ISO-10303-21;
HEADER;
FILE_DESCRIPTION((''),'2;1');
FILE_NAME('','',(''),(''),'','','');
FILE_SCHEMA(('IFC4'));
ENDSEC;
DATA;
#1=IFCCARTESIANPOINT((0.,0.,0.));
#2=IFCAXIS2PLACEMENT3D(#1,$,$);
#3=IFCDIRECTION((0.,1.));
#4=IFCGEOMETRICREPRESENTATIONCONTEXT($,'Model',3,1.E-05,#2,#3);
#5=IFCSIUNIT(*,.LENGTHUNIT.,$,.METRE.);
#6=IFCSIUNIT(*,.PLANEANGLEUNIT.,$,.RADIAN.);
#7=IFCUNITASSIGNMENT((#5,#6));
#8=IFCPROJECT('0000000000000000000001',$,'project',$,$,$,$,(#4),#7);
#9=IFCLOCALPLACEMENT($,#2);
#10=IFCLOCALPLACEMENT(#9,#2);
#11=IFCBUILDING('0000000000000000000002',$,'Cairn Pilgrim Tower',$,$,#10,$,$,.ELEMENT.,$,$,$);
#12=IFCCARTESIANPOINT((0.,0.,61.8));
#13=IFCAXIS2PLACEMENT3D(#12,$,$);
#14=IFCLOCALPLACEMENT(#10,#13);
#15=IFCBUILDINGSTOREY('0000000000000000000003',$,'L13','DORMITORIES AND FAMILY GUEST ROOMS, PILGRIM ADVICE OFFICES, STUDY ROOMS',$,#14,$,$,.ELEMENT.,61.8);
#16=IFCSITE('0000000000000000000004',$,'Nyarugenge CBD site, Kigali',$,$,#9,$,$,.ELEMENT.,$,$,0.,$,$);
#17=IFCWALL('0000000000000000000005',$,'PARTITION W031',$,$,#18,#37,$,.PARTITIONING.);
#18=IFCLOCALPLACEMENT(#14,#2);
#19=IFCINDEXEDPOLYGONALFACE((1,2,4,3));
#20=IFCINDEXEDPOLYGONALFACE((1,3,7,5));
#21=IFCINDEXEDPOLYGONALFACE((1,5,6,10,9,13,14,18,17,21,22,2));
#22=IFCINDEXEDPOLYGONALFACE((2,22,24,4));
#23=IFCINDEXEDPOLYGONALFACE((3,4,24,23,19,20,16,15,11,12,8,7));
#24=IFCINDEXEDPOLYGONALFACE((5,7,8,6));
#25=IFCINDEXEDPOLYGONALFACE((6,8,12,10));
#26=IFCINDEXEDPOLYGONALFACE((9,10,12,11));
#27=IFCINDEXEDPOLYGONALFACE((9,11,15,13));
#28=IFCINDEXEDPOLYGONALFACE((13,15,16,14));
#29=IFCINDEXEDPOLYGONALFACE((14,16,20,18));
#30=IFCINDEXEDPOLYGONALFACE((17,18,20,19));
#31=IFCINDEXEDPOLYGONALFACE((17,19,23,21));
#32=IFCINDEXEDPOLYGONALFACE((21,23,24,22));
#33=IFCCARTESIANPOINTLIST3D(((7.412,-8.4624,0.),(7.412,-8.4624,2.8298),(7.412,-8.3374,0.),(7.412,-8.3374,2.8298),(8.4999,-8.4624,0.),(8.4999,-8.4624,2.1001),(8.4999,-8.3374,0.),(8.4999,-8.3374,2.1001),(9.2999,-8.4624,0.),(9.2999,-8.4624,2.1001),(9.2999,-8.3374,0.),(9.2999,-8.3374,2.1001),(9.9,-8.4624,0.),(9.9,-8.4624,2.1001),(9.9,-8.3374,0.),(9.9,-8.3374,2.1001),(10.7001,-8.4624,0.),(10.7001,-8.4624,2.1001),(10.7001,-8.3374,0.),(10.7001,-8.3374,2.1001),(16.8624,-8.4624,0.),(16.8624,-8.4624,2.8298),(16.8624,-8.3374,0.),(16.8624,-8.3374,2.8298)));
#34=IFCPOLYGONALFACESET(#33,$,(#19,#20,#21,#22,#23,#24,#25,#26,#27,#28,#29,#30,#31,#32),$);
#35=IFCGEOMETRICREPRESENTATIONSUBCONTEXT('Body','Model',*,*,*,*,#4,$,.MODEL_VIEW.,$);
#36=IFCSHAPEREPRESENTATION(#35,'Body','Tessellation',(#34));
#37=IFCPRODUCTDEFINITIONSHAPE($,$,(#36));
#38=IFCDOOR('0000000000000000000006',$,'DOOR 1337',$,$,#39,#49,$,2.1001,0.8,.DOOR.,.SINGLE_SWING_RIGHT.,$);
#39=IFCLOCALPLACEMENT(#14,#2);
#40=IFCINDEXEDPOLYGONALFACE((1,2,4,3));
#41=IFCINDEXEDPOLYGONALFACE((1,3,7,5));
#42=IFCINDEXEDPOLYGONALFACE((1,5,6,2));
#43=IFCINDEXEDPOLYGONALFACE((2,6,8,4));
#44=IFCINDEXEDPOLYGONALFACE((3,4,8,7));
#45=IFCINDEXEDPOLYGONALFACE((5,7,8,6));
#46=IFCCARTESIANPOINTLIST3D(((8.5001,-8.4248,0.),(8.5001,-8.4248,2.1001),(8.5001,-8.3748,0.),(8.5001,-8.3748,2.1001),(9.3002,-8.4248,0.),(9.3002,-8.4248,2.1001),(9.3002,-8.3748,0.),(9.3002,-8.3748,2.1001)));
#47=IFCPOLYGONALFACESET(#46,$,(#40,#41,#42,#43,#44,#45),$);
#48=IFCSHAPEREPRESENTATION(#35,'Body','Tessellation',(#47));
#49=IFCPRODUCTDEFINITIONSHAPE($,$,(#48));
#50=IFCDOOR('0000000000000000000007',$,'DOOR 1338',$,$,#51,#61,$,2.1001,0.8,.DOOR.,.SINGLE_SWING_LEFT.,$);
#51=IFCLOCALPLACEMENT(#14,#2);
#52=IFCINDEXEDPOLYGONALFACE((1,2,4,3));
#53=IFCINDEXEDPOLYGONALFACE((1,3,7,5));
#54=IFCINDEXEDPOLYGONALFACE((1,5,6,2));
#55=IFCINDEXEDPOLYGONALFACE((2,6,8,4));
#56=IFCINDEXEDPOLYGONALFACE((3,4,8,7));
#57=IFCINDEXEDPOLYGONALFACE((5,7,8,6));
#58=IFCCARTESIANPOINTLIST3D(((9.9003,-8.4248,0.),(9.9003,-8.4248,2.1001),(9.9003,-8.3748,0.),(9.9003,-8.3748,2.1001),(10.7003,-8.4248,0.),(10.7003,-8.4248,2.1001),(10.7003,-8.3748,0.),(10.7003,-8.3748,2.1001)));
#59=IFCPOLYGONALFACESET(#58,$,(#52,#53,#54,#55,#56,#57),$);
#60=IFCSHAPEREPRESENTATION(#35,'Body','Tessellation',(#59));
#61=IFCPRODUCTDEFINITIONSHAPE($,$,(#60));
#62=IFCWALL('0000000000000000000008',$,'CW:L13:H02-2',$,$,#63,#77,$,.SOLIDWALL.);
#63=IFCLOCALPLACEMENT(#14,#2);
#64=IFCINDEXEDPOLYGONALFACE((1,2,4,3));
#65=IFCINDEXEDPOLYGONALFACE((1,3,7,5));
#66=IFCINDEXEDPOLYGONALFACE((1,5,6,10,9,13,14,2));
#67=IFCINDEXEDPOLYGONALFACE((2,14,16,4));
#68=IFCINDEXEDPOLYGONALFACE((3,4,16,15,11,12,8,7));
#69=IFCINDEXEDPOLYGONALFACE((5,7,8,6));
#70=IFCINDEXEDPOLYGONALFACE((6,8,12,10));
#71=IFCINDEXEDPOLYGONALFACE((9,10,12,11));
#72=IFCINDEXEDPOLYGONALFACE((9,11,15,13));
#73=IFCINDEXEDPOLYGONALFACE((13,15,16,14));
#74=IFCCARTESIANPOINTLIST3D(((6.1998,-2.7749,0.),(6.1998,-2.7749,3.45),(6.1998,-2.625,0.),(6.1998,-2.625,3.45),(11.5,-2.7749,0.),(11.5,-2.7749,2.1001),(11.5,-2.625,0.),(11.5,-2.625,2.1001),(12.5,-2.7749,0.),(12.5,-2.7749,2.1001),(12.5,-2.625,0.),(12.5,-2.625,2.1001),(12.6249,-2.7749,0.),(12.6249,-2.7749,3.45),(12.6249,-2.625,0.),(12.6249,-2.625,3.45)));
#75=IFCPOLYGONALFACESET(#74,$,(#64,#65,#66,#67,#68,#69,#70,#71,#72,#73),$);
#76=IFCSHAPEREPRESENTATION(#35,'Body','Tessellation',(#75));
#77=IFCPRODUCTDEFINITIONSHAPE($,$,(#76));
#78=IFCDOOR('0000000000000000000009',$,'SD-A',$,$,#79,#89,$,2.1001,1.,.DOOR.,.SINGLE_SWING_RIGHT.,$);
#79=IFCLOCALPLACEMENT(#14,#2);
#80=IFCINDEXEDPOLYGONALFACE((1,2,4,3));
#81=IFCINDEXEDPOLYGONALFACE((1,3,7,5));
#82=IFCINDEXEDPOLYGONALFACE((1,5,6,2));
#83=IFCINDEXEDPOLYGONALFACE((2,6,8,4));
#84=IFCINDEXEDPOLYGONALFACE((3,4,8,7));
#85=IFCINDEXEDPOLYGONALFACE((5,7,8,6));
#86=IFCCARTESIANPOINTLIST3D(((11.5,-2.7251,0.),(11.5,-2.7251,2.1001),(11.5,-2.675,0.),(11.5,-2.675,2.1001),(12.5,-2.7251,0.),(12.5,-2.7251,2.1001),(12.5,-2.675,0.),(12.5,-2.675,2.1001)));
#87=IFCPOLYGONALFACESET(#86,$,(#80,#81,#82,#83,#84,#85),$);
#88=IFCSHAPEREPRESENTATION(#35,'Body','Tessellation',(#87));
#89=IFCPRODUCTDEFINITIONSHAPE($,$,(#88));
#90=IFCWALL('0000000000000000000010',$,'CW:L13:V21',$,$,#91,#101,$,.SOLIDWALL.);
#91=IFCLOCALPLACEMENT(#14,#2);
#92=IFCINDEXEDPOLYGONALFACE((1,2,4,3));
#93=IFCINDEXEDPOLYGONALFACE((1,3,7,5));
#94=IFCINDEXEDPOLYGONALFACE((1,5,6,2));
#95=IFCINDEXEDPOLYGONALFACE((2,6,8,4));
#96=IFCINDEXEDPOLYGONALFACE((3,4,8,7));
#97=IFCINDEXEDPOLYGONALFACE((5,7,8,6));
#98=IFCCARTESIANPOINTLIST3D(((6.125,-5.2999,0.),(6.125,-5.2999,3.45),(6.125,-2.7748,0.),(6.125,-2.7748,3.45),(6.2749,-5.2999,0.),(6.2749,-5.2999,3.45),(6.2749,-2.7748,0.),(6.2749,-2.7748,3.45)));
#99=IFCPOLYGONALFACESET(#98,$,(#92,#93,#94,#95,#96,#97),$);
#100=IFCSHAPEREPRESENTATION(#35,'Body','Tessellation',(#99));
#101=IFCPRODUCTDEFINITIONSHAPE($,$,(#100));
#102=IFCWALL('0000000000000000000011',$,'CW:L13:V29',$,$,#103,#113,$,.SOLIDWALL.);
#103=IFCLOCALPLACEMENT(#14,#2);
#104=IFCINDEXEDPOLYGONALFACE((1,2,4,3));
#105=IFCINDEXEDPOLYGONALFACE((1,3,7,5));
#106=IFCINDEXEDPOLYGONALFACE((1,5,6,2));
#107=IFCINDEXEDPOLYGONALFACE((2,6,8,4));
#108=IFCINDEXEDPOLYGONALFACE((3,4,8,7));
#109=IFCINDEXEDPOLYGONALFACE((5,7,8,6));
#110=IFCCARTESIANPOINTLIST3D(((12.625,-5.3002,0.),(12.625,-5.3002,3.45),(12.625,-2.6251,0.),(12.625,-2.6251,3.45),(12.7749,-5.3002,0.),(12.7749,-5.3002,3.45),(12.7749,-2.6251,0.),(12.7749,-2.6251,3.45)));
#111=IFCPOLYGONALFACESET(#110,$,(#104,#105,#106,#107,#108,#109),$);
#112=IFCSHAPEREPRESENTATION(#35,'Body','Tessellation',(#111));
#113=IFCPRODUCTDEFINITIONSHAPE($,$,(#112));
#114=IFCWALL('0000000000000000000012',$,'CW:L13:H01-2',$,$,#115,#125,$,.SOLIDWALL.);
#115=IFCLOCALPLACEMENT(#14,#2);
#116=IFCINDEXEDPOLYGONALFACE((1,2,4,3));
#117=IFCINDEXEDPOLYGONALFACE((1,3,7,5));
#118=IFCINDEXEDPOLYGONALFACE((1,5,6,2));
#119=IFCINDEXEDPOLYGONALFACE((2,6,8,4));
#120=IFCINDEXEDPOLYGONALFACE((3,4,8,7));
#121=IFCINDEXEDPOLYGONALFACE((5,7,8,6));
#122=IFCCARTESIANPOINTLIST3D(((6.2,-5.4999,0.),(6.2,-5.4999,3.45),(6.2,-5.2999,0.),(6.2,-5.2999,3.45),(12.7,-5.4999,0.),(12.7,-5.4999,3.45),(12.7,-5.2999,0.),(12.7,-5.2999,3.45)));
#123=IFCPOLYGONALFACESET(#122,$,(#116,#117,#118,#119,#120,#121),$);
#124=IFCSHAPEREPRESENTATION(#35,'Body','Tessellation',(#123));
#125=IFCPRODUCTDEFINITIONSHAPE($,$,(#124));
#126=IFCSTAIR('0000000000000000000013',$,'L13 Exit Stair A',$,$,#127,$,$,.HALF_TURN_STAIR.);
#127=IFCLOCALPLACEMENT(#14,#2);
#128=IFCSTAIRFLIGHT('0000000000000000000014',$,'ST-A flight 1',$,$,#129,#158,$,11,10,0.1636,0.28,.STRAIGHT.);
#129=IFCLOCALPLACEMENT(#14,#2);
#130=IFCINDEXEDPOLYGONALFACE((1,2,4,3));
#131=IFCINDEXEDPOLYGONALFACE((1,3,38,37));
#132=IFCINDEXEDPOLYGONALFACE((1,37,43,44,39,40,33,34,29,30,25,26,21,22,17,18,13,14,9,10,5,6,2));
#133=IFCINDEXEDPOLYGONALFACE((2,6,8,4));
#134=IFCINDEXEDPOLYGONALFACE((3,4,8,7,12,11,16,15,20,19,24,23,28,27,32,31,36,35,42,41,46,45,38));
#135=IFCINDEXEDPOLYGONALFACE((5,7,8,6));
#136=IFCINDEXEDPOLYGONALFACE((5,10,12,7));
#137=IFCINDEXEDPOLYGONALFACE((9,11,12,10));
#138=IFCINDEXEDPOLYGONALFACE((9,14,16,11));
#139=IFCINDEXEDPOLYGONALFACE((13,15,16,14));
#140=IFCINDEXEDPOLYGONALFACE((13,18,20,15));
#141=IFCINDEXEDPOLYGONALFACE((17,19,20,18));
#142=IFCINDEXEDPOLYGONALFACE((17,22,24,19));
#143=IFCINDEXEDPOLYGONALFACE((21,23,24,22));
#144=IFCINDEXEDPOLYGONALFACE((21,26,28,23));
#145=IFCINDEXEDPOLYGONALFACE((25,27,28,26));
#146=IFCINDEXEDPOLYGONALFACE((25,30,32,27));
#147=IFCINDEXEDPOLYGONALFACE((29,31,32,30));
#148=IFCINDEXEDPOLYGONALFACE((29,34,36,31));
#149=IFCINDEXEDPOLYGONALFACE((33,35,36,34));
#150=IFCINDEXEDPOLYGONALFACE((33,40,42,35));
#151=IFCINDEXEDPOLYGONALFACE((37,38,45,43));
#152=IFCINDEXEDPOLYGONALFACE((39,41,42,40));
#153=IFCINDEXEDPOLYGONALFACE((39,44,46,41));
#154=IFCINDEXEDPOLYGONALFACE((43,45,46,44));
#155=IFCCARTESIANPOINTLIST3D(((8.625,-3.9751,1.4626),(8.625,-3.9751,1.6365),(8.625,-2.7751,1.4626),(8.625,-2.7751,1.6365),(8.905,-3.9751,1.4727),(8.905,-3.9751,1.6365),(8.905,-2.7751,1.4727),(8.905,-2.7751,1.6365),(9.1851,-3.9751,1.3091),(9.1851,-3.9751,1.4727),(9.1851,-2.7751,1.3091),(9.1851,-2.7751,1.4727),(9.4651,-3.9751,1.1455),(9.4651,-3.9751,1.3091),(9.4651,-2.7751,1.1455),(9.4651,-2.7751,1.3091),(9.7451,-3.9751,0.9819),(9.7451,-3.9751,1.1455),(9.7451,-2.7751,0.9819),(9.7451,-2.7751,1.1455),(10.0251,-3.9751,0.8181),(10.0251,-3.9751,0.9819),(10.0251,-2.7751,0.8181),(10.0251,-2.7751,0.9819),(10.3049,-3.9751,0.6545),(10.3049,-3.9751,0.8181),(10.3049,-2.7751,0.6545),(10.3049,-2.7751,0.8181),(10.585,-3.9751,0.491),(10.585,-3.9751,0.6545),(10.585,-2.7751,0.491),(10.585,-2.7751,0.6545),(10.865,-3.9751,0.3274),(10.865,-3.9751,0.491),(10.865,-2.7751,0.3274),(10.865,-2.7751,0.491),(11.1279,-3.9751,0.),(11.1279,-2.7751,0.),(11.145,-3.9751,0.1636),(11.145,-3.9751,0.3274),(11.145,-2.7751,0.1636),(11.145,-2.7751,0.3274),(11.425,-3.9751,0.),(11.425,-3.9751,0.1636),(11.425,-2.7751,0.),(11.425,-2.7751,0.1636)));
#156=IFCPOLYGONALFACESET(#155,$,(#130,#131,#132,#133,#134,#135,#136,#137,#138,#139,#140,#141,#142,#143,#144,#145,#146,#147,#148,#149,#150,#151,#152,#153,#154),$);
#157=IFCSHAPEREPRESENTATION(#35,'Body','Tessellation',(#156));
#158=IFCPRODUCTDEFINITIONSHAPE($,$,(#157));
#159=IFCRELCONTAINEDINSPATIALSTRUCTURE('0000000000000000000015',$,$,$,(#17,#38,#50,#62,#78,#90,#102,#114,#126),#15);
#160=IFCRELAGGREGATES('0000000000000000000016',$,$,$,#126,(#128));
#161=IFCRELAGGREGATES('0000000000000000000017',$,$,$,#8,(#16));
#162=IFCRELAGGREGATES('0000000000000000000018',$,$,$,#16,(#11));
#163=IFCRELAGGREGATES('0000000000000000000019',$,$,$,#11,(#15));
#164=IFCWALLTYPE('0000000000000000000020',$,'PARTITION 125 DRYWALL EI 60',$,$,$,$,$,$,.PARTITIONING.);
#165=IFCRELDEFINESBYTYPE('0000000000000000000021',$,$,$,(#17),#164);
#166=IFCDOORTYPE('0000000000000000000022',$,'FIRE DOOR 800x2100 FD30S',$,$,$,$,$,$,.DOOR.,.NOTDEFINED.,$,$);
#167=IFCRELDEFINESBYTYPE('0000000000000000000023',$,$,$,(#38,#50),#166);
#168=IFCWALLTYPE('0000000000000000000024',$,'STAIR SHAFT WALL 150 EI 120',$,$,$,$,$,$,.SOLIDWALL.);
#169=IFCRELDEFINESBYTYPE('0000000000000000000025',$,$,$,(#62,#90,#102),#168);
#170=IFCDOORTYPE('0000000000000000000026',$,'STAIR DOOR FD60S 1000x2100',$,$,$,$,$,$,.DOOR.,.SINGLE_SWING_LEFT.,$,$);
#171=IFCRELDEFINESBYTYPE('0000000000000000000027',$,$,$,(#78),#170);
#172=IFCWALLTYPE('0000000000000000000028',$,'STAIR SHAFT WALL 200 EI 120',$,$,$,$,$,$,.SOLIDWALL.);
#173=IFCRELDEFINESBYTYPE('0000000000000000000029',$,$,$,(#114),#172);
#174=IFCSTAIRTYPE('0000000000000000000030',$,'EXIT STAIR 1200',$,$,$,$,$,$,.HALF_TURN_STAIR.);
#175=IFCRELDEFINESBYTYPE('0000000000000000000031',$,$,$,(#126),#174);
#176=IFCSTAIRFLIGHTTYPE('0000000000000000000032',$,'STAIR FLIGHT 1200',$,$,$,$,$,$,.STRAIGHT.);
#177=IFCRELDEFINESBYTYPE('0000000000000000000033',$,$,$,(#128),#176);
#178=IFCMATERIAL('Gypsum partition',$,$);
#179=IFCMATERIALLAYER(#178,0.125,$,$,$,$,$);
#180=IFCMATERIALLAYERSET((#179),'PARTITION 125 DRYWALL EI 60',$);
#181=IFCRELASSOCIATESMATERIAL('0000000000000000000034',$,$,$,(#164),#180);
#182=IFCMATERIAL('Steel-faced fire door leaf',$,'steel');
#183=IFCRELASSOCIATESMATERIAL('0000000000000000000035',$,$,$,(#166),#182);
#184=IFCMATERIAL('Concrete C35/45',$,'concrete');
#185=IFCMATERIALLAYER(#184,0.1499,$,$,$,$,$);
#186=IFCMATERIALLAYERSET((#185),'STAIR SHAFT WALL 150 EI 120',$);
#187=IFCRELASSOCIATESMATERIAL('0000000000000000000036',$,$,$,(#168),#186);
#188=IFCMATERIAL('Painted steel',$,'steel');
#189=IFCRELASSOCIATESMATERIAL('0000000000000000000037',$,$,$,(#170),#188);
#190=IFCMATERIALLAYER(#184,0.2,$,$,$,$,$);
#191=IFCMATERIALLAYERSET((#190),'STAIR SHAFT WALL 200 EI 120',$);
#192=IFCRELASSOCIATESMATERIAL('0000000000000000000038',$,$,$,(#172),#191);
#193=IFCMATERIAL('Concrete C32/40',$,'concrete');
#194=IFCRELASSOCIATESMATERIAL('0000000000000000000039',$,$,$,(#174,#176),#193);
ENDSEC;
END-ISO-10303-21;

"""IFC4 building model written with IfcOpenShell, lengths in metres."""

from ifc_helpers import new_model, si_unit, direction, frame, frame_2d, origin, place, context, subcontext, project, spatial, polyline, rectangle, outline, extrude, material, layer, layer_set, type_object, element, fill, aggregate, save


model = new_model("IFC4")

# Units and contexts
model_context = context("Model", 3, precision=1e-05, world=origin(), true_north=direction((0.0, 1.0)))
body_context = subcontext(model_context, "Body", "Model", "MODEL_VIEW")
ifc_project = project(units=[si_unit("LENGTHUNIT", "METRE"), si_unit("PLANEANGLEUNIT", "RADIAN")], contexts=[model_context])

# Site, building, storey
site_placement = place(None, origin())
site = spatial("IfcSite", under=ifc_project, at=site_placement, Name="Nyarugenge CBD site, Kigali", CompositionType="ELEMENT", RefElevation=0.0)
building_placement = place(site_placement, origin())
building = spatial("IfcBuilding", under=site, at=building_placement, Name="Cairn Pilgrim Tower", CompositionType="ELEMENT")
storey_placement = place(building_placement, frame((0.0, 0.0, 61.8)))
storey = spatial("IfcBuildingStorey", under=building, at=storey_placement, Name="L13", Description="DORMITORIES AND FAMILY GUEST ROOMS, PILGRIM ADVICE OFFICES, STUDY ROOMS", CompositionType="ELEMENT", Elevation=61.8)

# Shared definitions
ifc_material_1 = material(Name="Concrete C32/40", Category="concrete")

# Shared definitions
ifc_material_2 = material(Name="Painted steel", Category="steel")

# Wall, openings, doors
ifc_material_3 = material(Name="Gypsum partition")
ifc_layer_1 = layer(ifc_material_3, 0.125)
ifc_layer_set_1 = layer_set([ifc_layer_1], Name="PARTITION 125 DRYWALL EI 60")
wall_type_1 = type_object("IfcWallType", Name="PARTITION 125 DRYWALL EI 60", PredefinedType="PARTITIONING", material=ifc_layer_set_1)
wall_1_placement = place(storey_placement, frame((7.4121, -8.3999, 0.0), z_axis=(0.0, 0.0, 1.0), x_axis=(1.0, 0.0, 0.0)))
wall_1 = element("IfcWall", 1, at=wall_1_placement, inside=storey, type_object=wall_type_1, Name="PARTITION W031", PredefinedType="PARTITIONING", context=body_context, shape_type="SweptSolid", body=[
    extrude(rectangle(XDim=9.4504, YDim=0.125, at=frame_2d((4.7251, 0.0))), origin(), (0.0, 0.0, 1.0), 2.8298),
])
opening_1_placement = place(wall_1_placement, frame((1.0879, 0.0, 0.0)))
opening_1 = element("IfcOpeningElement", 2, at=opening_1_placement, cuts=wall_1, PredefinedType="OPENING", context=body_context, shape_type="SweptSolid", body=[
    extrude(rectangle(XDim=0.8, YDim=2.1001, at=frame_2d((0.3999, 1.05))), frame((0.0, 0.0725, 0.0), z_axis=(0.0, -1.0, 0.0), x_axis=(1.0, 0.0, 0.0)), (0.0, 0.0, 1.0), 0.145),
])
opening_2_placement = place(wall_1_placement, frame((2.488, 0.0, 0.0)))
opening_2 = element("IfcOpeningElement", 3, at=opening_2_placement, cuts=wall_1, PredefinedType="OPENING", context=body_context, shape_type="SweptSolid", body=[
    extrude(rectangle(XDim=0.8, YDim=2.1001, at=frame_2d((0.3999, 1.05))), frame((0.0, 0.0725, 0.0), z_axis=(0.0, -1.0, 0.0), x_axis=(1.0, 0.0, 0.0)), (0.0, 0.0, 1.0), 0.145),
])
ifc_material_4 = material(Name="Steel-faced fire door leaf", Category="steel")
door_type_1 = type_object("IfcDoorType", Name="FIRE DOOR 800x2100 FD30S", OperationType="NOTDEFINED", PredefinedType="DOOR", material=ifc_material_4)
door_1_placement = place(opening_1_placement, frame((0.8, 0.0, 0.0), z_axis=(0.0, 0.0, 1.0), x_axis=(-1.0, 0.0, 0.0)))
door_1 = element("IfcDoor", 4, at=door_1_placement, inside=storey, type_object=door_type_1, Name="DOOR 1337", OperationType="SINGLE_SWING_RIGHT", OverallHeight=2.1001, OverallWidth=0.8, PredefinedType="DOOR", context=body_context, shape_type="SweptSolid", body=[
    extrude(rectangle(XDim=0.8, YDim=2.1001, at=frame_2d((0.3999, 1.05))), frame((0.0, 0.0249, 0.0), z_axis=(0.0, -1.0, 0.0), x_axis=(1.0, 0.0, 0.0)), (0.0, 0.0, 1.0), 0.05),
])
fill(opening_1, door_1)
door_2_placement = place(opening_2_placement, frame((0.8, 0.0, 0.0), z_axis=(0.0, 0.0, 1.0), x_axis=(-1.0, 0.0, 0.0)))
door_2 = element("IfcDoor", 5, at=door_2_placement, inside=storey, type_object=door_type_1, Name="DOOR 1338", OperationType="SINGLE_SWING_LEFT", OverallHeight=2.1001, OverallWidth=0.8, PredefinedType="DOOR", context=body_context, shape_type="SweptSolid", body=[
    extrude(rectangle(XDim=0.8, YDim=2.1001, at=frame_2d((0.3999, 1.05))), frame((0.0, 0.0249, 0.0), z_axis=(0.0, -1.0, 0.0), x_axis=(1.0, 0.0, 0.0)), (0.0, 0.0, 1.0), 0.05),
])
fill(opening_2, door_2)

# Wall, opening, door
ifc_material_5 = material(Name="Concrete C35/45", Category="concrete")
ifc_layer_2 = layer(ifc_material_5, 0.1499)
ifc_layer_set_2 = layer_set([ifc_layer_2], Name="STAIR SHAFT WALL 150 EI 120")
wall_type_2 = type_object("IfcWallType", Name="STAIR SHAFT WALL 150 EI 120", PredefinedType="SOLIDWALL", material=ifc_layer_set_2)
wall_2_placement = place(storey_placement, frame((6.2, -2.7, 0.0), z_axis=(0.0, 0.0, 1.0), x_axis=(1.0, 0.0, 0.0)))
wall_2 = element("IfcWall", 6, at=wall_2_placement, inside=storey, type_object=wall_type_2, Name="CW:L13:H02-2", PredefinedType="SOLIDWALL", context=body_context, shape_type="SweptSolid", body=[
    extrude(rectangle(XDim=6.425, YDim=0.1499, at=frame_2d((3.2124, 0.0))), origin(), (0.0, 0.0, 1.0), 3.45),
])
opening_3_placement = place(wall_2_placement, frame((5.3, 0.0, 0.0)))
opening_3 = element("IfcOpeningElement", 7, at=opening_3_placement, cuts=wall_2, PredefinedType="OPENING", context=body_context, shape_type="SweptSolid", body=[
    extrude(rectangle(XDim=1.0, YDim=2.1001, at=frame_2d((0.5, 1.05))), frame((0.0, 0.085, 0.0), z_axis=(0.0, -1.0, 0.0), x_axis=(1.0, 0.0, 0.0)), (0.0, 0.0, 1.0), 0.1699),
])
door_type_2 = type_object("IfcDoorType", Name="STAIR DOOR FD60S 1000x2100", OperationType="SINGLE_SWING_LEFT", PredefinedType="DOOR", material=ifc_material_2)
door_3_placement = place(opening_3_placement, origin())
door_3 = element("IfcDoor", 8, at=door_3_placement, inside=storey, type_object=door_type_2, Name="SD-A", OperationType="SINGLE_SWING_RIGHT", OverallHeight=2.1001, OverallWidth=1.0, PredefinedType="DOOR", context=body_context, shape_type="SweptSolid", body=[
    extrude(rectangle(XDim=1.0, YDim=2.1001, at=frame_2d((0.5, 1.05))), frame((0.0, 0.0249, 0.0), z_axis=(0.0, -1.0, 0.0), x_axis=(1.0, 0.0, 0.0)), (0.0, 0.0, 1.0), 0.05),
])
fill(opening_3, door_3)

# Walls
wall_3_placement = place(storey_placement, frame((6.2, -5.3, 0.0), z_axis=(0.0, 0.0, 1.0), x_axis=(0.0, 1.0, 0.0)))
element("IfcWall", 9, at=wall_3_placement, inside=storey, type_object=wall_type_2, Name="CW:L13:V21", PredefinedType="SOLIDWALL", context=body_context, shape_type="SweptSolid", body=[
    extrude(rectangle(XDim=2.5251, YDim=0.1499, at=frame_2d((1.2627, 0.0))), origin(), (0.0, 0.0, 1.0), 3.45),
])
wall_4_placement = place(storey_placement, frame((12.7, -5.3, 0.0), z_axis=(0.0, 0.0, 1.0), x_axis=(0.0, 1.0, 0.0)))
element("IfcWall", 10, at=wall_4_placement, inside=storey, type_object=wall_type_2, Name="CW:L13:V29", PredefinedType="SOLIDWALL", context=body_context, shape_type="SweptSolid", body=[
    extrude(rectangle(XDim=2.675, YDim=0.1499, at=frame_2d((1.3374, 0.0))), origin(), (0.0, 0.0, 1.0), 3.45),
])
ifc_layer_3 = layer(ifc_material_5, 0.2)
ifc_layer_set_3 = layer_set([ifc_layer_3], Name="STAIR SHAFT WALL 200 EI 120")
wall_type_3 = type_object("IfcWallType", Name="STAIR SHAFT WALL 200 EI 120", PredefinedType="SOLIDWALL", material=ifc_layer_set_3)
wall_5_placement = place(storey_placement, frame((6.2, -5.3999, 0.0), z_axis=(0.0, 0.0, 1.0), x_axis=(1.0, 0.0, 0.0)))
element("IfcWall", 11, at=wall_5_placement, inside=storey, type_object=wall_type_3, Name="CW:L13:H01-2", PredefinedType="SOLIDWALL", context=body_context, shape_type="SweptSolid", body=[
    extrude(rectangle(XDim=6.5, YDim=0.2, at=frame_2d((3.25, 0.0))), origin(), (0.0, 0.0, 1.0), 3.45),
])

# Stair, stair flight
stair_type = type_object("IfcStairType", Name="EXIT STAIR 1200", PredefinedType="HALF_TURN_STAIR", material=ifc_material_1)
stair_placement = place(storey_placement, origin())
stair = element("IfcStair", 12, at=stair_placement, inside=storey, type_object=stair_type, Name="L13 Exit Stair A", PredefinedType="HALF_TURN_STAIR")
stair_flight_type = type_object("IfcStairFlightType", Name="STAIR FLIGHT 1200", PredefinedType="STRAIGHT", material=ifc_material_1)
stair_flight_1_placement = place(storey_placement, frame((11.425, -3.375, 0.0), z_axis=(0.0, 0.0, 1.0), x_axis=(-1.0, 0.0, 0.0)))
stair_flight_1 = element("IfcStairFlight", 13, at=stair_flight_1_placement, type_object=stair_flight_type, Name="ST-A flight 1", NumberOfRisers=11, NumberOfTreads=10, PredefinedType="STRAIGHT", RiserHeight=0.1636, TreadLength=0.28, context=body_context, shape_type="SweptSolid", body=[
    extrude(outline(polyline([(0.0, 0.0), (0.0, 0.1636), (0.28, 0.1636), (0.28, 0.3274), (0.5601, 0.3274), (0.5601, 0.491), (0.8401, 0.491), (0.8401, 0.6545), (1.1201, 0.6545), (1.1201, 0.8181), (1.3999, 0.8181), (1.3999, 0.9819), (1.6799, 0.9819), (1.6799, 1.1455), (1.96, 1.1455), (1.96, 1.3091), (2.24, 1.3091), (2.24, 1.4727), (2.52, 1.4727), (2.52, 1.6365), (2.8, 1.6365), (2.8, 1.8), (2.8, 1.4626), (0.2971, 0.0), (0.0, 0.0)])), frame((0.0, 0.6001, 0.0), z_axis=(0.0, -1.0, 0.0), x_axis=(1.0, 0.0, 0.0)), (0.0, 0.0, 1.0), 1.2),
])
aggregate(stair, [stair_flight_1])

save(model, "model.ifc")
